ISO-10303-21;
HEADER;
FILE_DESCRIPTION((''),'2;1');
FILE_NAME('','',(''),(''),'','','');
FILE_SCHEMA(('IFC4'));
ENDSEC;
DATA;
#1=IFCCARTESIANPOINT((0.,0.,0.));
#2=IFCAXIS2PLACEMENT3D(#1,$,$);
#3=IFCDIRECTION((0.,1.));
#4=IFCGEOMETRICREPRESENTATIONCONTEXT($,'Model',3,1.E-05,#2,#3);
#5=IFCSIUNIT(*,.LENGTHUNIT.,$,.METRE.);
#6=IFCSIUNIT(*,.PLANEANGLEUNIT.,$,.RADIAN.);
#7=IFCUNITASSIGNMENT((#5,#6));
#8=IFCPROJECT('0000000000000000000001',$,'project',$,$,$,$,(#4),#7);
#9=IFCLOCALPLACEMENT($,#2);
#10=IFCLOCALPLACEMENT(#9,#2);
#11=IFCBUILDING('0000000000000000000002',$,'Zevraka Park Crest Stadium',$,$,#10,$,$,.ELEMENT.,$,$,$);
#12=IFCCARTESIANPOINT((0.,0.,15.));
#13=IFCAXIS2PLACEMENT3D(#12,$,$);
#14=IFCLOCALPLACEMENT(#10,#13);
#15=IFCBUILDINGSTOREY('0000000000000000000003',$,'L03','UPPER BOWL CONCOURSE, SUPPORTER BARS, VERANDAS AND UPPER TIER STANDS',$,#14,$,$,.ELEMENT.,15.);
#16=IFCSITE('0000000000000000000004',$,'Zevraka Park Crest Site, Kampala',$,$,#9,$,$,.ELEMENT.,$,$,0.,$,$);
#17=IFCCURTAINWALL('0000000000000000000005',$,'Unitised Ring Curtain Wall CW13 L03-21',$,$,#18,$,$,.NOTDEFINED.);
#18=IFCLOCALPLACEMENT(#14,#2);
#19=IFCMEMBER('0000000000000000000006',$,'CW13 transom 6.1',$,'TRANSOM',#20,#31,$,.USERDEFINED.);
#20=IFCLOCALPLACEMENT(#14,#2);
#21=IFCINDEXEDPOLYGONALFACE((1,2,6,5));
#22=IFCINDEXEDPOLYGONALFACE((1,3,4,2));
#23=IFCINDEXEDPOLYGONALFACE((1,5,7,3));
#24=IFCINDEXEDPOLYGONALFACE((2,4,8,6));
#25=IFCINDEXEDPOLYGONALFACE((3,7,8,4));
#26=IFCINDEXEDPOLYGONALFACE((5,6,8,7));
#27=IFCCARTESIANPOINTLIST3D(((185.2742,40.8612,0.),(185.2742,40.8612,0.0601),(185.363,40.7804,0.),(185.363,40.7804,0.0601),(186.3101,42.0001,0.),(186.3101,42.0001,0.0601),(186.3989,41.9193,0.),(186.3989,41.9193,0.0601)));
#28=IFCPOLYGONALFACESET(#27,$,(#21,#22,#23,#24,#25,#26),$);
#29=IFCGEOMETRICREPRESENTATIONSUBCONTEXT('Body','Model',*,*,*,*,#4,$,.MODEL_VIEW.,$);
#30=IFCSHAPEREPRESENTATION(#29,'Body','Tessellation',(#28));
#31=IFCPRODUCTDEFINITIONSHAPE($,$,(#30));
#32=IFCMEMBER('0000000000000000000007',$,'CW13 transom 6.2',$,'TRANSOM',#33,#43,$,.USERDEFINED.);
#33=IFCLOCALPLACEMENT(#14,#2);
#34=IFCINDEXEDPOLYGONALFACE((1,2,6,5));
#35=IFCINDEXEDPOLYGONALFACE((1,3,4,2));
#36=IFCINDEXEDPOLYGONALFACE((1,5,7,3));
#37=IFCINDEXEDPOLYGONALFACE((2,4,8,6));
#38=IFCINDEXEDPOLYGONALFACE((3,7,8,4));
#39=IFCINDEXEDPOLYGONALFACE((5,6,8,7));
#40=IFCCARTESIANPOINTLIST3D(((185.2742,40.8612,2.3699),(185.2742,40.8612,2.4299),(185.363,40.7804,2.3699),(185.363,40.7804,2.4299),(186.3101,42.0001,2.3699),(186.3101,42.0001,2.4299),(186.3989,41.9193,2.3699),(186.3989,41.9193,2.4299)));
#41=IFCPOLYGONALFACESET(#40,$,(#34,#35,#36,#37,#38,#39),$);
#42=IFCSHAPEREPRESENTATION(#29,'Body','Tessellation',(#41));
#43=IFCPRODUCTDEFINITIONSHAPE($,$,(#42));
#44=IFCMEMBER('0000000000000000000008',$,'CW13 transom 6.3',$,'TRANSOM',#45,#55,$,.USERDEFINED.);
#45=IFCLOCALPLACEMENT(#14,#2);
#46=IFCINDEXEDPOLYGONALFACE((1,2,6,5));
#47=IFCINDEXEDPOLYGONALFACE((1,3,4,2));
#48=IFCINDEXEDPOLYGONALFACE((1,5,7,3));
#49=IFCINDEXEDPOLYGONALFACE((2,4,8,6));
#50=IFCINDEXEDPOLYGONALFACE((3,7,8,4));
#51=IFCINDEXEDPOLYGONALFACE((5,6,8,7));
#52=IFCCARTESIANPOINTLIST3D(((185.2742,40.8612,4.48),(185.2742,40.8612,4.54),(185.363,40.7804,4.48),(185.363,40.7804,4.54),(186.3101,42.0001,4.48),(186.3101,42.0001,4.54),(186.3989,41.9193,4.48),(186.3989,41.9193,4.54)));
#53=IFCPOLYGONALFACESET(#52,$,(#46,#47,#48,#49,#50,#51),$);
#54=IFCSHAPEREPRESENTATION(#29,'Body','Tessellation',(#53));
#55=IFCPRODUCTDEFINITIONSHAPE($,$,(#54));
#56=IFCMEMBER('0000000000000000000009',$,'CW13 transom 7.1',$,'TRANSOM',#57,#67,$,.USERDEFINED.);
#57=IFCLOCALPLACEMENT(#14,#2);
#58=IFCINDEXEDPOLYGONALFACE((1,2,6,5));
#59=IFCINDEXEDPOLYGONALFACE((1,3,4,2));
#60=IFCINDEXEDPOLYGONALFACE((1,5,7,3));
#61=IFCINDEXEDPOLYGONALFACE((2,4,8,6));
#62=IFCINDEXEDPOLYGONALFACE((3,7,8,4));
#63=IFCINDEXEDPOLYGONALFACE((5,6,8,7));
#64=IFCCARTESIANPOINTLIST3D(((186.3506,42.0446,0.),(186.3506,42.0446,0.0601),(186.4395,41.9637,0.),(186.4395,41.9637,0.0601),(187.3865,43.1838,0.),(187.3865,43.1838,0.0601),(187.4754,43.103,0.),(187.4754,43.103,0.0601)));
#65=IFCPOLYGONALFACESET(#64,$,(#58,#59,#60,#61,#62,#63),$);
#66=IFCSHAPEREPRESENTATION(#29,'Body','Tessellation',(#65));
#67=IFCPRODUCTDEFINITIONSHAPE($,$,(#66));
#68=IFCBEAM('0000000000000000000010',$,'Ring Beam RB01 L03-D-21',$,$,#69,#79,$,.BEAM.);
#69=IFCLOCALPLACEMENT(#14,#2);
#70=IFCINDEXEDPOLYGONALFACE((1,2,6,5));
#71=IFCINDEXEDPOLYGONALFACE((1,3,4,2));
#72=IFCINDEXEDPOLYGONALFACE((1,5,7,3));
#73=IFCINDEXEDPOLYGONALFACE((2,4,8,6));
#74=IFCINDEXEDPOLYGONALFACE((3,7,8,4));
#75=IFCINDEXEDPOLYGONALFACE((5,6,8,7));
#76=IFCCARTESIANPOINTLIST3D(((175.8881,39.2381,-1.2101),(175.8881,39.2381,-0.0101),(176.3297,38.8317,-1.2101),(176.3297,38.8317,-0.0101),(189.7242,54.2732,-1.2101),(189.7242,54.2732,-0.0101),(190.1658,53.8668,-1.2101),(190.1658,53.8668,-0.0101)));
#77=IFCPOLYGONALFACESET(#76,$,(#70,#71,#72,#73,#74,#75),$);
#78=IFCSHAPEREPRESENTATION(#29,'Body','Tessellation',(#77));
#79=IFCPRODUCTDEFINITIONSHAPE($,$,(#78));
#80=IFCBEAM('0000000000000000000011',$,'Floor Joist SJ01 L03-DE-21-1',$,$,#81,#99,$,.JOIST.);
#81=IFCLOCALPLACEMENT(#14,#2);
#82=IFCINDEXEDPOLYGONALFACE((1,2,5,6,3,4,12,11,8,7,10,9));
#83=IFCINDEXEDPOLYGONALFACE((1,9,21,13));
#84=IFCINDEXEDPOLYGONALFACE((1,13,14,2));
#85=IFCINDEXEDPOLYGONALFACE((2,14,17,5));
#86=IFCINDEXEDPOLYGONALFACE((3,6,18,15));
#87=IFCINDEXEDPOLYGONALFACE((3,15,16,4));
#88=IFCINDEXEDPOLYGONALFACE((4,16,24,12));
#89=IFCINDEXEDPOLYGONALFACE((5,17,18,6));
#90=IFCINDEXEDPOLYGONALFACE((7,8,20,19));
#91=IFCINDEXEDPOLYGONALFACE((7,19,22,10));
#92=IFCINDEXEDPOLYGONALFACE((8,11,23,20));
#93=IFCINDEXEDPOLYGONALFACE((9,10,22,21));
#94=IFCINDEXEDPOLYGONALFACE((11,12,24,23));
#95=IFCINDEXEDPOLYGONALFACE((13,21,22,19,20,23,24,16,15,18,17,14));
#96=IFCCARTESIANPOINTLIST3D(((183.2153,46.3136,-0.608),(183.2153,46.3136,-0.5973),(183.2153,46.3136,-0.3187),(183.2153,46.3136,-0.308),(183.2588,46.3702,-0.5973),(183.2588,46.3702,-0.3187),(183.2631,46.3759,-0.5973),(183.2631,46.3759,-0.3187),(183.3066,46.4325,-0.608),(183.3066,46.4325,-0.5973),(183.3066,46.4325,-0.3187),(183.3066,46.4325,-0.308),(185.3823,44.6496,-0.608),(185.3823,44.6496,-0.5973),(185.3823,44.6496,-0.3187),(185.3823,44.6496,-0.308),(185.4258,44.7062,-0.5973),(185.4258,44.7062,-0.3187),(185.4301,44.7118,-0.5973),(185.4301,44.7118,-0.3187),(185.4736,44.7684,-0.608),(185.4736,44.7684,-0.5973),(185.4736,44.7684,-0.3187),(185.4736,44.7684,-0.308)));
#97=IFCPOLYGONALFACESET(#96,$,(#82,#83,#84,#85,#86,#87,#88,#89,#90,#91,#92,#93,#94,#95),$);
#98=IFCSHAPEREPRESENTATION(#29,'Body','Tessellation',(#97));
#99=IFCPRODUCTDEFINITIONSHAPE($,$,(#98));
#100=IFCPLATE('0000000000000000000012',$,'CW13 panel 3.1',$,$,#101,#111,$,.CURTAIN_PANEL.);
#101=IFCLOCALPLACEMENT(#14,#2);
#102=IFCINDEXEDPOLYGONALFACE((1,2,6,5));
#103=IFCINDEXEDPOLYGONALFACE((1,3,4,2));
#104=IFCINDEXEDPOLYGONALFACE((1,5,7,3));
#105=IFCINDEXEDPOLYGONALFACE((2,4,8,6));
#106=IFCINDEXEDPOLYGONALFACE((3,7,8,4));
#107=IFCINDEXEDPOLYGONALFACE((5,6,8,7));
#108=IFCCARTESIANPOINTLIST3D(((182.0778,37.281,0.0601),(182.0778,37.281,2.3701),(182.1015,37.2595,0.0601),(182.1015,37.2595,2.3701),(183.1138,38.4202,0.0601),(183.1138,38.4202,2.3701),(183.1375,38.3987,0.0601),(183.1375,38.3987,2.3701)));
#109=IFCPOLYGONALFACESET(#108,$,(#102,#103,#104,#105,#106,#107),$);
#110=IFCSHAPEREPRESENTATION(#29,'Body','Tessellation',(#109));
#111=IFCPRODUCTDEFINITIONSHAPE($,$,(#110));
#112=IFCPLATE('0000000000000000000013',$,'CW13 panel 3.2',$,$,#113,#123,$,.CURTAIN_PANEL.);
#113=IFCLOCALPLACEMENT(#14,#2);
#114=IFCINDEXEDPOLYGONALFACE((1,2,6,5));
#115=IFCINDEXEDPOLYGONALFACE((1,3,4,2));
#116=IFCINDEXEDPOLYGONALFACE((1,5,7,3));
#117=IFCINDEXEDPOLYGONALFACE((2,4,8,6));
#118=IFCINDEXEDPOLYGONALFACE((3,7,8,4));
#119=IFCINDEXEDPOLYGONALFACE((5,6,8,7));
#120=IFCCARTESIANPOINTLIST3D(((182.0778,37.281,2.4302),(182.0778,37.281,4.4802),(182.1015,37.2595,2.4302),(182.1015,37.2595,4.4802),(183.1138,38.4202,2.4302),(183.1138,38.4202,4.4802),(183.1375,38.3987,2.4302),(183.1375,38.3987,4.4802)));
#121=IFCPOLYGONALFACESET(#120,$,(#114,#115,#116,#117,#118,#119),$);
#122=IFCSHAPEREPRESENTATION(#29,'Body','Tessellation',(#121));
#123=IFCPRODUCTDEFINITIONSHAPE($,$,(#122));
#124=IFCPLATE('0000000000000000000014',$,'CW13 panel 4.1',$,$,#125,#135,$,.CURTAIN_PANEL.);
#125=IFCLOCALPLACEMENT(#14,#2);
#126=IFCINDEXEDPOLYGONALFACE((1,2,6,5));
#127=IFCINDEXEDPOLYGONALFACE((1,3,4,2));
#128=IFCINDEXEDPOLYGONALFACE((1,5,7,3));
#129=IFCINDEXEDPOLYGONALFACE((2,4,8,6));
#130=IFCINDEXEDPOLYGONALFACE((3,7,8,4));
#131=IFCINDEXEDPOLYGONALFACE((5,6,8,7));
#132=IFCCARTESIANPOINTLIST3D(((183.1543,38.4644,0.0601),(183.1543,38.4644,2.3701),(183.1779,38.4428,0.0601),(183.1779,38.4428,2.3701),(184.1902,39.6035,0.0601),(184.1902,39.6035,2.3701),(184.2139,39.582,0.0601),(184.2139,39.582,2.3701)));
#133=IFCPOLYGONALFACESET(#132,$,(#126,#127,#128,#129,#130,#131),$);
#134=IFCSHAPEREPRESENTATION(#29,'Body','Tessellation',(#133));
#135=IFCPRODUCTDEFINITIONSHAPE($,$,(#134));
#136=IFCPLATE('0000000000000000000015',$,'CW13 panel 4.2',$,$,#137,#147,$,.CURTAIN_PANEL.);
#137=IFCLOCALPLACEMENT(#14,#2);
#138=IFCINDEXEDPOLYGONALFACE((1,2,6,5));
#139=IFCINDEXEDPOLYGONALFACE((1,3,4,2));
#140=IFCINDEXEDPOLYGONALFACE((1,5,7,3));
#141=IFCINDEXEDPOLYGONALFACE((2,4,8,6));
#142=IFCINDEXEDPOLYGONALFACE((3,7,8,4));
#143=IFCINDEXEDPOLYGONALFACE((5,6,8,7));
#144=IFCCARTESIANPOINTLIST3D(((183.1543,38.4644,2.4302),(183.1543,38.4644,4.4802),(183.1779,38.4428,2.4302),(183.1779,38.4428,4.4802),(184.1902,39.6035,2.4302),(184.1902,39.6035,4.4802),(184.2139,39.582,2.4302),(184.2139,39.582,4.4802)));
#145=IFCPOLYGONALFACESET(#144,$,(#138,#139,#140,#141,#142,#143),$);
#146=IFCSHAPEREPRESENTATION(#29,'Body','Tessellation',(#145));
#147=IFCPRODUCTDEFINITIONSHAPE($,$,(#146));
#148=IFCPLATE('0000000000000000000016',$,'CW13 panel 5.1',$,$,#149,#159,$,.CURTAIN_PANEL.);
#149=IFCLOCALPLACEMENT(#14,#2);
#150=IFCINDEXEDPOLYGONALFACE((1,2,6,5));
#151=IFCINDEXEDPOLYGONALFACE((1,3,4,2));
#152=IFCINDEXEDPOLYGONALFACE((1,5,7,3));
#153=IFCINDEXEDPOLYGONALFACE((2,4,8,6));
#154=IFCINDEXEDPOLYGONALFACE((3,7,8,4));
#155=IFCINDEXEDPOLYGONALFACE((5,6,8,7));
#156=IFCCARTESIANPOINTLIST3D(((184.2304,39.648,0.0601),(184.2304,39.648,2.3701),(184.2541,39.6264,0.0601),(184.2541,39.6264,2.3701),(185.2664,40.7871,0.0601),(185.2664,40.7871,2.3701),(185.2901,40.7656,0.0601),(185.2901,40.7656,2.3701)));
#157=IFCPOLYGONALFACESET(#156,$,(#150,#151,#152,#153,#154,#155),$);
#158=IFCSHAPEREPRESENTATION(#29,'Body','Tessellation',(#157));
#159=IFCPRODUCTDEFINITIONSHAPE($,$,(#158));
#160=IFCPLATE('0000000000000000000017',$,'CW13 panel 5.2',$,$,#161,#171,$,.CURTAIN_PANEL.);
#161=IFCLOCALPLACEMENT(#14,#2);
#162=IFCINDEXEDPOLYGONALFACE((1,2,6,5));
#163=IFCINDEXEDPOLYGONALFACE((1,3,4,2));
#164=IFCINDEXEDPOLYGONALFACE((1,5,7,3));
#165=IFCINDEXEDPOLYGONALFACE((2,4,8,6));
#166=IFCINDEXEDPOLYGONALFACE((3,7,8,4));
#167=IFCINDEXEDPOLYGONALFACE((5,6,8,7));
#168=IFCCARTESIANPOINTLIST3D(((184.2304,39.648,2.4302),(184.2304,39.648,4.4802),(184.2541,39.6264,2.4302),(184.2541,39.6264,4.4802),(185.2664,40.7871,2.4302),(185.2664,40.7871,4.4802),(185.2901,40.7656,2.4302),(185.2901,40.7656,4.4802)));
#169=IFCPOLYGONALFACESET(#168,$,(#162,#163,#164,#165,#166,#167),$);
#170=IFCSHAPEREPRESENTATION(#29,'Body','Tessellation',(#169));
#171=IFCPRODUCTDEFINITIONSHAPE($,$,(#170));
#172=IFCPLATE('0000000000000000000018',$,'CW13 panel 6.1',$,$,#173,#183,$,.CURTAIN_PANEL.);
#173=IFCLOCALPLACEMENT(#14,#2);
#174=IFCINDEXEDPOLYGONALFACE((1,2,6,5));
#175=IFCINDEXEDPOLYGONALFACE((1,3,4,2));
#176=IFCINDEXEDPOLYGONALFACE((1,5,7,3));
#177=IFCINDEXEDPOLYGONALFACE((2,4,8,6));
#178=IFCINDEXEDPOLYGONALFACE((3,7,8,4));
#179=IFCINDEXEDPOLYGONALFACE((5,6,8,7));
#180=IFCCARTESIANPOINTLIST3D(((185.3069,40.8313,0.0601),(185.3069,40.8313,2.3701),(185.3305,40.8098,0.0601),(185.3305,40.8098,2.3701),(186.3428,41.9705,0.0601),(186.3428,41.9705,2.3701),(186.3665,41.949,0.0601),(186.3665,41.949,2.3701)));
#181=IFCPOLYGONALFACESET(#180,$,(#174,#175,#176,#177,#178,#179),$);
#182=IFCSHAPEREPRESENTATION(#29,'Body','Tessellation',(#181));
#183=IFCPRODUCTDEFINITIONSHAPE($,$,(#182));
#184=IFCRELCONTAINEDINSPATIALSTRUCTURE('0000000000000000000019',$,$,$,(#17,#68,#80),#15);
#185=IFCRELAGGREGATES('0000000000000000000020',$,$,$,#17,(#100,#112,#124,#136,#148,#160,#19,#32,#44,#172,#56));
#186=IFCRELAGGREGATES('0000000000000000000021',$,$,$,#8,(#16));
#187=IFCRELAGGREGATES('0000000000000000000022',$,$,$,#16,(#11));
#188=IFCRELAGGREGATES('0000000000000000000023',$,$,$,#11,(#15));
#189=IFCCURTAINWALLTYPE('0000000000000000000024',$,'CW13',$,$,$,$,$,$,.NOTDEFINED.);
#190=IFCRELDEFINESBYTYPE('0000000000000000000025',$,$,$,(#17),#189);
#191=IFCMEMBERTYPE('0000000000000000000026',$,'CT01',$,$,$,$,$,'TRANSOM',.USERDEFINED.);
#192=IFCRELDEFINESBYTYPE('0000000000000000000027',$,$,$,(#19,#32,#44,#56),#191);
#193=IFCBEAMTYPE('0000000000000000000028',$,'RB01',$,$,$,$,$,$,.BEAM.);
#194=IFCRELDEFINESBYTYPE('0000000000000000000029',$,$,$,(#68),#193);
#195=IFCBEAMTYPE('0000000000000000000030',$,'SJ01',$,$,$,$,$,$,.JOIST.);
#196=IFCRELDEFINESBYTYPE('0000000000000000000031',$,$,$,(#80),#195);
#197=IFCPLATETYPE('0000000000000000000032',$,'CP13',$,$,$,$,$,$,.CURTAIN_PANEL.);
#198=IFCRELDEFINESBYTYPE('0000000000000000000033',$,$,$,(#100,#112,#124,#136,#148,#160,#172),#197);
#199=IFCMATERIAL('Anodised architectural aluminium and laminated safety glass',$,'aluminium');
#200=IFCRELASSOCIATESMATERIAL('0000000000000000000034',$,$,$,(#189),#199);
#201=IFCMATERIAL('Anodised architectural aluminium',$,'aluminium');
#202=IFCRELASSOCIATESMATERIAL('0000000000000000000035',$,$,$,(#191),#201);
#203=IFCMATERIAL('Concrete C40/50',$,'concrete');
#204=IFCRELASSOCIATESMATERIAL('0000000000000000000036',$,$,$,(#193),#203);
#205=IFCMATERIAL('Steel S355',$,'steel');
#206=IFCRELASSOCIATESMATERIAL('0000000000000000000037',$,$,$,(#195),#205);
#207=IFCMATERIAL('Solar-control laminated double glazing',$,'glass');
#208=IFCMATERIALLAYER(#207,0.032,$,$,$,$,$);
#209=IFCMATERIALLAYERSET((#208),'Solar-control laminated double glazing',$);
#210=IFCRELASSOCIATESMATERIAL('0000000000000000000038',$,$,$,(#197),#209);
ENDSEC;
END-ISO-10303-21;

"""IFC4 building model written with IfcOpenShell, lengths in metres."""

from ifc_helpers import new_model, si_unit, direction, frame, origin, origin_2d, place, context, subcontext, project, spatial, rectangle, i_section, extrude, material, layer, layer_set, material_profile, profile_set, type_object, element, aggregate, save


model = new_model("IFC4")

# Units and contexts
model_context = context("Model", 3, precision=1e-05, world=origin(), true_north=direction((0.0, 1.0)))
body_context = subcontext(model_context, "Body", "Model", "MODEL_VIEW")
ifc_project = project(units=[si_unit("LENGTHUNIT", "METRE"), si_unit("PLANEANGLEUNIT", "RADIAN")], contexts=[model_context])

# Site, building, storey
site_placement = place(None, origin())
site = spatial("IfcSite", under=ifc_project, at=site_placement, Name="Zevraka Park Crest Site, Kampala", CompositionType="ELEMENT", RefElevation=0.0)
building_placement = place(site_placement, origin())
building = spatial("IfcBuilding", under=site, at=building_placement, Name="Zevraka Park Crest Stadium", CompositionType="ELEMENT")
storey_placement = place(building_placement, frame((0.0, 0.0, 15.0)))
storey = spatial("IfcBuildingStorey", under=building, at=storey_placement, Name="L03", Description="UPPER BOWL CONCOURSE, SUPPORTER BARS, VERANDAS AND UPPER TIER STANDS", CompositionType="ELEMENT", Elevation=15.0)

# Curtain wall, members
ifc_material_1 = material(Name="Anodised architectural aluminium and laminated safety glass", Category="aluminium")
curtain_wall_type = type_object("IfcCurtainWallType", Name="CW13", PredefinedType="NOTDEFINED", material=ifc_material_1)
curtain_wall_placement = place(storey_placement, origin())
curtain_wall = element("IfcCurtainWall", 1, at=curtain_wall_placement, inside=storey, type_object=curtain_wall_type, Name="Unitised Ring Curtain Wall CW13 L03-21", PredefinedType="NOTDEFINED")
ifc_material_2 = material(Name="Anodised architectural aluminium", Category="aluminium")
ifc_material_profile_1 = material_profile(ifc_material_2, rectangle(XDim=0.1201, YDim=0.0601, at=origin_2d()), Name="ALU TRANSOM 120x60")
ifc_profile_set_1 = profile_set([ifc_material_profile_1], Name="Anodised architectural aluminium")
member_type_1 = type_object("IfcMemberType", Name="CT01", ElementType="TRANSOM", PredefinedType="USERDEFINED", material=ifc_profile_set_1)
member_1_placement = place(storey_placement, frame((185.3186, 40.8208, 0.03), z_axis=(0.672854, 0.739775, 0.0), x_axis=(-0.739775, 0.672854, 0.0)))
member_1 = element("IfcMember", 2, at=member_1_placement, type_object=member_type_1, Name="CW13 transom 6.1", ObjectType="TRANSOM", PredefinedType="USERDEFINED", context=body_context, shape_type="SweptSolid", body=[
    extrude(rectangle(XDim=0.1201, YDim=0.0601, at=origin_2d()), origin(), (0.0, 0.0, 1.0), 1.5396),
])
member_2_placement = place(storey_placement, frame((185.3186, 40.8208, 2.3999), z_axis=(0.672854, 0.739775, 0.0), x_axis=(-0.739775, 0.672854, 0.0)))
member_2 = element("IfcMember", 3, at=member_2_placement, type_object=member_type_1, Name="CW13 transom 6.2", ObjectType="TRANSOM", PredefinedType="USERDEFINED", context=body_context, shape_type="SweptSolid", body=[
    extrude(rectangle(XDim=0.1201, YDim=0.0601, at=origin_2d()), origin(), (0.0, 0.0, 1.0), 1.5396),
])
member_3_placement = place(storey_placement, frame((185.3186, 40.8208, 4.51), z_axis=(0.672854, 0.739775, 0.0), x_axis=(-0.739775, 0.672854, 0.0)))
member_3 = element("IfcMember", 4, at=member_3_placement, type_object=member_type_1, Name="CW13 transom 6.3", ObjectType="TRANSOM", PredefinedType="USERDEFINED", context=body_context, shape_type="SweptSolid", body=[
    extrude(rectangle(XDim=0.1201, YDim=0.0601, at=origin_2d()), origin(), (0.0, 0.0, 1.0), 1.5396),
])
member_4_placement = place(storey_placement, frame((186.395, 42.0042, 0.03), z_axis=(0.672775, 0.739847, 0.0), x_axis=(-0.739847, 0.672775, 0.0)))
member_4 = element("IfcMember", 5, at=member_4_placement, type_object=member_type_1, Name="CW13 transom 7.1", ObjectType="TRANSOM", PredefinedType="USERDEFINED", context=body_context, shape_type="SweptSolid", body=[
    extrude(rectangle(XDim=0.1201, YDim=0.0601, at=origin_2d()), origin(), (0.0, 0.0, 1.0), 1.5398),
])

# Beams
ifc_material_3 = material(Name="Concrete C40/50", Category="concrete")
ifc_material_profile_2 = material_profile(ifc_material_3, rectangle(XDim=0.6001, YDim=1.2, at=origin_2d()), Name="RC 1200x600")
ifc_profile_set_2 = profile_set([ifc_material_profile_2], Name="Concrete C40/50")
beam_type_1 = type_object("IfcBeamType", Name="RB01", PredefinedType="BEAM", material=ifc_profile_set_2)
beam_1_placement = place(storey_placement, frame((176.1089, 39.0349, -0.6101), z_axis=(0.677158, 0.735837, 0.0), x_axis=(-0.735837, 0.677158, 0.0)))
element("IfcBeam", 6, at=beam_1_placement, inside=storey, type_object=beam_type_1, Name="Ring Beam RB01 L03-D-21", PredefinedType="BEAM", context=body_context, shape_type="SweptSolid", body=[
    extrude(rectangle(XDim=0.6001, YDim=1.2, at=origin_2d()), origin(), (0.0, 0.0, 1.0), 20.4326),
])
ifc_material_4 = material(Name="Steel S355", Category="steel")
ifc_material_profile_3 = material_profile(ifc_material_4, i_section(OverallWidth=0.1499, OverallDepth=0.3, WebThickness=0.0071, FlangeThickness=0.0107, at=origin_2d()), Name="IPE 300")
ifc_profile_set_3 = profile_set([ifc_material_profile_3], Name="Steel S355")
beam_type_2 = type_object("IfcBeamType", Name="SJ01", PredefinedType="JOIST", material=ifc_profile_set_3)
beam_2_placement = place(storey_placement, frame((183.261, 46.373, -0.458), z_axis=(0.793129, -0.609054, 0.0), x_axis=(0.609054, 0.793129, 0.0)))
element("IfcBeam", 7, at=beam_2_placement, inside=storey, type_object=beam_type_2, Name="Floor Joist SJ01 L03-DE-21-1", PredefinedType="JOIST", context=body_context, shape_type="SweptSolid", body=[
    extrude(i_section(OverallWidth=0.1499, OverallDepth=0.3, WebThickness=0.0071, FlangeThickness=0.0107, at=origin_2d()), origin(), (0.0, 0.0, 1.0), 2.7322),
])

# Plates
ifc_material_5 = material(Name="Solar-control laminated double glazing", Category="glass")
ifc_layer_1 = layer(ifc_material_5, 0.032)
ifc_layer_set_1 = layer_set([ifc_layer_1], Name="Solar-control laminated double glazing")
plate_type = type_object("IfcPlateType", Name="CP13", PredefinedType="CURTAIN_PANEL", material=ifc_layer_set_1)
plate_1_placement = place(storey_placement, frame((182.6077, 37.8398, 0.0601), z_axis=(0.0, 0.0, 1.0), x_axis=(0.672802, 0.739823, 0.0)))
plate_1 = element("IfcPlate", 8, at=plate_1_placement, type_object=plate_type, Name="CW13 panel 3.1", PredefinedType="CURTAIN_PANEL", context=body_context, shape_type="SweptSolid", body=[
    extrude(rectangle(XDim=1.5398, YDim=0.032, at=origin_2d()), origin(), (0.0, 0.0, 1.0), 2.3101),
])
plate_2_placement = place(storey_placement, frame((182.6077, 37.8398, 2.4302), z_axis=(0.0, 0.0, 1.0), x_axis=(0.672802, 0.739823, 0.0)))
plate_2 = element("IfcPlate", 9, at=plate_2_placement, type_object=plate_type, Name="CW13 panel 3.2", PredefinedType="CURTAIN_PANEL", context=body_context, shape_type="SweptSolid", body=[
    extrude(rectangle(XDim=1.5398, YDim=0.032, at=origin_2d()), origin(), (0.0, 0.0, 1.0), 2.05),
])
plate_3_placement = place(storey_placement, frame((183.6841, 39.0232, 0.0601), z_axis=(0.0, 0.0, 1.0), x_axis=(0.672802, 0.739823, 0.0)))
plate_3 = element("IfcPlate", 10, at=plate_3_placement, type_object=plate_type, Name="CW13 panel 4.1", PredefinedType="CURTAIN_PANEL", context=body_context, shape_type="SweptSolid", body=[
    extrude(rectangle(XDim=1.5398, YDim=0.032, at=origin_2d()), origin(), (0.0, 0.0, 1.0), 2.3101),
])
plate_4_placement = place(storey_placement, frame((183.6841, 39.0232, 2.4302), z_axis=(0.0, 0.0, 1.0), x_axis=(0.672802, 0.739823, 0.0)))
plate_4 = element("IfcPlate", 11, at=plate_4_placement, type_object=plate_type, Name="CW13 panel 4.2", PredefinedType="CURTAIN_PANEL", context=body_context, shape_type="SweptSolid", body=[
    extrude(rectangle(XDim=1.5398, YDim=0.032, at=origin_2d()), origin(), (0.0, 0.0, 1.0), 2.05),
])
plate_5_placement = place(storey_placement, frame((184.7603, 40.2068, 0.0601), z_axis=(0.0, 0.0, 1.0), x_axis=(0.672802, 0.739823, 0.0)))
plate_5 = element("IfcPlate", 12, at=plate_5_placement, type_object=plate_type, Name="CW13 panel 5.1", PredefinedType="CURTAIN_PANEL", context=body_context, shape_type="SweptSolid", body=[
    extrude(rectangle(XDim=1.5398, YDim=0.032, at=origin_2d()), origin(), (0.0, 0.0, 1.0), 2.3101),
])
plate_6_placement = place(storey_placement, frame((184.7603, 40.2068, 2.4302), z_axis=(0.0, 0.0, 1.0), x_axis=(0.672802, 0.739823, 0.0)))
plate_6 = element("IfcPlate", 13, at=plate_6_placement, type_object=plate_type, Name="CW13 panel 5.2", PredefinedType="CURTAIN_PANEL", context=body_context, shape_type="SweptSolid", body=[
    extrude(rectangle(XDim=1.5398, YDim=0.032, at=origin_2d()), origin(), (0.0, 0.0, 1.0), 2.05),
])
plate_7_placement = place(storey_placement, frame((185.8367, 41.3901, 0.0601), z_axis=(0.0, 0.0, 1.0), x_axis=(0.672802, 0.739823, 0.0)))
plate_7 = element("IfcPlate", 14, at=plate_7_placement, type_object=plate_type, Name="CW13 panel 6.1", PredefinedType="CURTAIN_PANEL", context=body_context, shape_type="SweptSolid", body=[
    extrude(rectangle(XDim=1.5398, YDim=0.032, at=origin_2d()), origin(), (0.0, 0.0, 1.0), 2.3101),
])
aggregate(curtain_wall, [plate_1, plate_2, plate_3, plate_4, plate_5, plate_6, member_1, member_2, member_3, plate_7, member_4])

save(model, "model.ifc")
